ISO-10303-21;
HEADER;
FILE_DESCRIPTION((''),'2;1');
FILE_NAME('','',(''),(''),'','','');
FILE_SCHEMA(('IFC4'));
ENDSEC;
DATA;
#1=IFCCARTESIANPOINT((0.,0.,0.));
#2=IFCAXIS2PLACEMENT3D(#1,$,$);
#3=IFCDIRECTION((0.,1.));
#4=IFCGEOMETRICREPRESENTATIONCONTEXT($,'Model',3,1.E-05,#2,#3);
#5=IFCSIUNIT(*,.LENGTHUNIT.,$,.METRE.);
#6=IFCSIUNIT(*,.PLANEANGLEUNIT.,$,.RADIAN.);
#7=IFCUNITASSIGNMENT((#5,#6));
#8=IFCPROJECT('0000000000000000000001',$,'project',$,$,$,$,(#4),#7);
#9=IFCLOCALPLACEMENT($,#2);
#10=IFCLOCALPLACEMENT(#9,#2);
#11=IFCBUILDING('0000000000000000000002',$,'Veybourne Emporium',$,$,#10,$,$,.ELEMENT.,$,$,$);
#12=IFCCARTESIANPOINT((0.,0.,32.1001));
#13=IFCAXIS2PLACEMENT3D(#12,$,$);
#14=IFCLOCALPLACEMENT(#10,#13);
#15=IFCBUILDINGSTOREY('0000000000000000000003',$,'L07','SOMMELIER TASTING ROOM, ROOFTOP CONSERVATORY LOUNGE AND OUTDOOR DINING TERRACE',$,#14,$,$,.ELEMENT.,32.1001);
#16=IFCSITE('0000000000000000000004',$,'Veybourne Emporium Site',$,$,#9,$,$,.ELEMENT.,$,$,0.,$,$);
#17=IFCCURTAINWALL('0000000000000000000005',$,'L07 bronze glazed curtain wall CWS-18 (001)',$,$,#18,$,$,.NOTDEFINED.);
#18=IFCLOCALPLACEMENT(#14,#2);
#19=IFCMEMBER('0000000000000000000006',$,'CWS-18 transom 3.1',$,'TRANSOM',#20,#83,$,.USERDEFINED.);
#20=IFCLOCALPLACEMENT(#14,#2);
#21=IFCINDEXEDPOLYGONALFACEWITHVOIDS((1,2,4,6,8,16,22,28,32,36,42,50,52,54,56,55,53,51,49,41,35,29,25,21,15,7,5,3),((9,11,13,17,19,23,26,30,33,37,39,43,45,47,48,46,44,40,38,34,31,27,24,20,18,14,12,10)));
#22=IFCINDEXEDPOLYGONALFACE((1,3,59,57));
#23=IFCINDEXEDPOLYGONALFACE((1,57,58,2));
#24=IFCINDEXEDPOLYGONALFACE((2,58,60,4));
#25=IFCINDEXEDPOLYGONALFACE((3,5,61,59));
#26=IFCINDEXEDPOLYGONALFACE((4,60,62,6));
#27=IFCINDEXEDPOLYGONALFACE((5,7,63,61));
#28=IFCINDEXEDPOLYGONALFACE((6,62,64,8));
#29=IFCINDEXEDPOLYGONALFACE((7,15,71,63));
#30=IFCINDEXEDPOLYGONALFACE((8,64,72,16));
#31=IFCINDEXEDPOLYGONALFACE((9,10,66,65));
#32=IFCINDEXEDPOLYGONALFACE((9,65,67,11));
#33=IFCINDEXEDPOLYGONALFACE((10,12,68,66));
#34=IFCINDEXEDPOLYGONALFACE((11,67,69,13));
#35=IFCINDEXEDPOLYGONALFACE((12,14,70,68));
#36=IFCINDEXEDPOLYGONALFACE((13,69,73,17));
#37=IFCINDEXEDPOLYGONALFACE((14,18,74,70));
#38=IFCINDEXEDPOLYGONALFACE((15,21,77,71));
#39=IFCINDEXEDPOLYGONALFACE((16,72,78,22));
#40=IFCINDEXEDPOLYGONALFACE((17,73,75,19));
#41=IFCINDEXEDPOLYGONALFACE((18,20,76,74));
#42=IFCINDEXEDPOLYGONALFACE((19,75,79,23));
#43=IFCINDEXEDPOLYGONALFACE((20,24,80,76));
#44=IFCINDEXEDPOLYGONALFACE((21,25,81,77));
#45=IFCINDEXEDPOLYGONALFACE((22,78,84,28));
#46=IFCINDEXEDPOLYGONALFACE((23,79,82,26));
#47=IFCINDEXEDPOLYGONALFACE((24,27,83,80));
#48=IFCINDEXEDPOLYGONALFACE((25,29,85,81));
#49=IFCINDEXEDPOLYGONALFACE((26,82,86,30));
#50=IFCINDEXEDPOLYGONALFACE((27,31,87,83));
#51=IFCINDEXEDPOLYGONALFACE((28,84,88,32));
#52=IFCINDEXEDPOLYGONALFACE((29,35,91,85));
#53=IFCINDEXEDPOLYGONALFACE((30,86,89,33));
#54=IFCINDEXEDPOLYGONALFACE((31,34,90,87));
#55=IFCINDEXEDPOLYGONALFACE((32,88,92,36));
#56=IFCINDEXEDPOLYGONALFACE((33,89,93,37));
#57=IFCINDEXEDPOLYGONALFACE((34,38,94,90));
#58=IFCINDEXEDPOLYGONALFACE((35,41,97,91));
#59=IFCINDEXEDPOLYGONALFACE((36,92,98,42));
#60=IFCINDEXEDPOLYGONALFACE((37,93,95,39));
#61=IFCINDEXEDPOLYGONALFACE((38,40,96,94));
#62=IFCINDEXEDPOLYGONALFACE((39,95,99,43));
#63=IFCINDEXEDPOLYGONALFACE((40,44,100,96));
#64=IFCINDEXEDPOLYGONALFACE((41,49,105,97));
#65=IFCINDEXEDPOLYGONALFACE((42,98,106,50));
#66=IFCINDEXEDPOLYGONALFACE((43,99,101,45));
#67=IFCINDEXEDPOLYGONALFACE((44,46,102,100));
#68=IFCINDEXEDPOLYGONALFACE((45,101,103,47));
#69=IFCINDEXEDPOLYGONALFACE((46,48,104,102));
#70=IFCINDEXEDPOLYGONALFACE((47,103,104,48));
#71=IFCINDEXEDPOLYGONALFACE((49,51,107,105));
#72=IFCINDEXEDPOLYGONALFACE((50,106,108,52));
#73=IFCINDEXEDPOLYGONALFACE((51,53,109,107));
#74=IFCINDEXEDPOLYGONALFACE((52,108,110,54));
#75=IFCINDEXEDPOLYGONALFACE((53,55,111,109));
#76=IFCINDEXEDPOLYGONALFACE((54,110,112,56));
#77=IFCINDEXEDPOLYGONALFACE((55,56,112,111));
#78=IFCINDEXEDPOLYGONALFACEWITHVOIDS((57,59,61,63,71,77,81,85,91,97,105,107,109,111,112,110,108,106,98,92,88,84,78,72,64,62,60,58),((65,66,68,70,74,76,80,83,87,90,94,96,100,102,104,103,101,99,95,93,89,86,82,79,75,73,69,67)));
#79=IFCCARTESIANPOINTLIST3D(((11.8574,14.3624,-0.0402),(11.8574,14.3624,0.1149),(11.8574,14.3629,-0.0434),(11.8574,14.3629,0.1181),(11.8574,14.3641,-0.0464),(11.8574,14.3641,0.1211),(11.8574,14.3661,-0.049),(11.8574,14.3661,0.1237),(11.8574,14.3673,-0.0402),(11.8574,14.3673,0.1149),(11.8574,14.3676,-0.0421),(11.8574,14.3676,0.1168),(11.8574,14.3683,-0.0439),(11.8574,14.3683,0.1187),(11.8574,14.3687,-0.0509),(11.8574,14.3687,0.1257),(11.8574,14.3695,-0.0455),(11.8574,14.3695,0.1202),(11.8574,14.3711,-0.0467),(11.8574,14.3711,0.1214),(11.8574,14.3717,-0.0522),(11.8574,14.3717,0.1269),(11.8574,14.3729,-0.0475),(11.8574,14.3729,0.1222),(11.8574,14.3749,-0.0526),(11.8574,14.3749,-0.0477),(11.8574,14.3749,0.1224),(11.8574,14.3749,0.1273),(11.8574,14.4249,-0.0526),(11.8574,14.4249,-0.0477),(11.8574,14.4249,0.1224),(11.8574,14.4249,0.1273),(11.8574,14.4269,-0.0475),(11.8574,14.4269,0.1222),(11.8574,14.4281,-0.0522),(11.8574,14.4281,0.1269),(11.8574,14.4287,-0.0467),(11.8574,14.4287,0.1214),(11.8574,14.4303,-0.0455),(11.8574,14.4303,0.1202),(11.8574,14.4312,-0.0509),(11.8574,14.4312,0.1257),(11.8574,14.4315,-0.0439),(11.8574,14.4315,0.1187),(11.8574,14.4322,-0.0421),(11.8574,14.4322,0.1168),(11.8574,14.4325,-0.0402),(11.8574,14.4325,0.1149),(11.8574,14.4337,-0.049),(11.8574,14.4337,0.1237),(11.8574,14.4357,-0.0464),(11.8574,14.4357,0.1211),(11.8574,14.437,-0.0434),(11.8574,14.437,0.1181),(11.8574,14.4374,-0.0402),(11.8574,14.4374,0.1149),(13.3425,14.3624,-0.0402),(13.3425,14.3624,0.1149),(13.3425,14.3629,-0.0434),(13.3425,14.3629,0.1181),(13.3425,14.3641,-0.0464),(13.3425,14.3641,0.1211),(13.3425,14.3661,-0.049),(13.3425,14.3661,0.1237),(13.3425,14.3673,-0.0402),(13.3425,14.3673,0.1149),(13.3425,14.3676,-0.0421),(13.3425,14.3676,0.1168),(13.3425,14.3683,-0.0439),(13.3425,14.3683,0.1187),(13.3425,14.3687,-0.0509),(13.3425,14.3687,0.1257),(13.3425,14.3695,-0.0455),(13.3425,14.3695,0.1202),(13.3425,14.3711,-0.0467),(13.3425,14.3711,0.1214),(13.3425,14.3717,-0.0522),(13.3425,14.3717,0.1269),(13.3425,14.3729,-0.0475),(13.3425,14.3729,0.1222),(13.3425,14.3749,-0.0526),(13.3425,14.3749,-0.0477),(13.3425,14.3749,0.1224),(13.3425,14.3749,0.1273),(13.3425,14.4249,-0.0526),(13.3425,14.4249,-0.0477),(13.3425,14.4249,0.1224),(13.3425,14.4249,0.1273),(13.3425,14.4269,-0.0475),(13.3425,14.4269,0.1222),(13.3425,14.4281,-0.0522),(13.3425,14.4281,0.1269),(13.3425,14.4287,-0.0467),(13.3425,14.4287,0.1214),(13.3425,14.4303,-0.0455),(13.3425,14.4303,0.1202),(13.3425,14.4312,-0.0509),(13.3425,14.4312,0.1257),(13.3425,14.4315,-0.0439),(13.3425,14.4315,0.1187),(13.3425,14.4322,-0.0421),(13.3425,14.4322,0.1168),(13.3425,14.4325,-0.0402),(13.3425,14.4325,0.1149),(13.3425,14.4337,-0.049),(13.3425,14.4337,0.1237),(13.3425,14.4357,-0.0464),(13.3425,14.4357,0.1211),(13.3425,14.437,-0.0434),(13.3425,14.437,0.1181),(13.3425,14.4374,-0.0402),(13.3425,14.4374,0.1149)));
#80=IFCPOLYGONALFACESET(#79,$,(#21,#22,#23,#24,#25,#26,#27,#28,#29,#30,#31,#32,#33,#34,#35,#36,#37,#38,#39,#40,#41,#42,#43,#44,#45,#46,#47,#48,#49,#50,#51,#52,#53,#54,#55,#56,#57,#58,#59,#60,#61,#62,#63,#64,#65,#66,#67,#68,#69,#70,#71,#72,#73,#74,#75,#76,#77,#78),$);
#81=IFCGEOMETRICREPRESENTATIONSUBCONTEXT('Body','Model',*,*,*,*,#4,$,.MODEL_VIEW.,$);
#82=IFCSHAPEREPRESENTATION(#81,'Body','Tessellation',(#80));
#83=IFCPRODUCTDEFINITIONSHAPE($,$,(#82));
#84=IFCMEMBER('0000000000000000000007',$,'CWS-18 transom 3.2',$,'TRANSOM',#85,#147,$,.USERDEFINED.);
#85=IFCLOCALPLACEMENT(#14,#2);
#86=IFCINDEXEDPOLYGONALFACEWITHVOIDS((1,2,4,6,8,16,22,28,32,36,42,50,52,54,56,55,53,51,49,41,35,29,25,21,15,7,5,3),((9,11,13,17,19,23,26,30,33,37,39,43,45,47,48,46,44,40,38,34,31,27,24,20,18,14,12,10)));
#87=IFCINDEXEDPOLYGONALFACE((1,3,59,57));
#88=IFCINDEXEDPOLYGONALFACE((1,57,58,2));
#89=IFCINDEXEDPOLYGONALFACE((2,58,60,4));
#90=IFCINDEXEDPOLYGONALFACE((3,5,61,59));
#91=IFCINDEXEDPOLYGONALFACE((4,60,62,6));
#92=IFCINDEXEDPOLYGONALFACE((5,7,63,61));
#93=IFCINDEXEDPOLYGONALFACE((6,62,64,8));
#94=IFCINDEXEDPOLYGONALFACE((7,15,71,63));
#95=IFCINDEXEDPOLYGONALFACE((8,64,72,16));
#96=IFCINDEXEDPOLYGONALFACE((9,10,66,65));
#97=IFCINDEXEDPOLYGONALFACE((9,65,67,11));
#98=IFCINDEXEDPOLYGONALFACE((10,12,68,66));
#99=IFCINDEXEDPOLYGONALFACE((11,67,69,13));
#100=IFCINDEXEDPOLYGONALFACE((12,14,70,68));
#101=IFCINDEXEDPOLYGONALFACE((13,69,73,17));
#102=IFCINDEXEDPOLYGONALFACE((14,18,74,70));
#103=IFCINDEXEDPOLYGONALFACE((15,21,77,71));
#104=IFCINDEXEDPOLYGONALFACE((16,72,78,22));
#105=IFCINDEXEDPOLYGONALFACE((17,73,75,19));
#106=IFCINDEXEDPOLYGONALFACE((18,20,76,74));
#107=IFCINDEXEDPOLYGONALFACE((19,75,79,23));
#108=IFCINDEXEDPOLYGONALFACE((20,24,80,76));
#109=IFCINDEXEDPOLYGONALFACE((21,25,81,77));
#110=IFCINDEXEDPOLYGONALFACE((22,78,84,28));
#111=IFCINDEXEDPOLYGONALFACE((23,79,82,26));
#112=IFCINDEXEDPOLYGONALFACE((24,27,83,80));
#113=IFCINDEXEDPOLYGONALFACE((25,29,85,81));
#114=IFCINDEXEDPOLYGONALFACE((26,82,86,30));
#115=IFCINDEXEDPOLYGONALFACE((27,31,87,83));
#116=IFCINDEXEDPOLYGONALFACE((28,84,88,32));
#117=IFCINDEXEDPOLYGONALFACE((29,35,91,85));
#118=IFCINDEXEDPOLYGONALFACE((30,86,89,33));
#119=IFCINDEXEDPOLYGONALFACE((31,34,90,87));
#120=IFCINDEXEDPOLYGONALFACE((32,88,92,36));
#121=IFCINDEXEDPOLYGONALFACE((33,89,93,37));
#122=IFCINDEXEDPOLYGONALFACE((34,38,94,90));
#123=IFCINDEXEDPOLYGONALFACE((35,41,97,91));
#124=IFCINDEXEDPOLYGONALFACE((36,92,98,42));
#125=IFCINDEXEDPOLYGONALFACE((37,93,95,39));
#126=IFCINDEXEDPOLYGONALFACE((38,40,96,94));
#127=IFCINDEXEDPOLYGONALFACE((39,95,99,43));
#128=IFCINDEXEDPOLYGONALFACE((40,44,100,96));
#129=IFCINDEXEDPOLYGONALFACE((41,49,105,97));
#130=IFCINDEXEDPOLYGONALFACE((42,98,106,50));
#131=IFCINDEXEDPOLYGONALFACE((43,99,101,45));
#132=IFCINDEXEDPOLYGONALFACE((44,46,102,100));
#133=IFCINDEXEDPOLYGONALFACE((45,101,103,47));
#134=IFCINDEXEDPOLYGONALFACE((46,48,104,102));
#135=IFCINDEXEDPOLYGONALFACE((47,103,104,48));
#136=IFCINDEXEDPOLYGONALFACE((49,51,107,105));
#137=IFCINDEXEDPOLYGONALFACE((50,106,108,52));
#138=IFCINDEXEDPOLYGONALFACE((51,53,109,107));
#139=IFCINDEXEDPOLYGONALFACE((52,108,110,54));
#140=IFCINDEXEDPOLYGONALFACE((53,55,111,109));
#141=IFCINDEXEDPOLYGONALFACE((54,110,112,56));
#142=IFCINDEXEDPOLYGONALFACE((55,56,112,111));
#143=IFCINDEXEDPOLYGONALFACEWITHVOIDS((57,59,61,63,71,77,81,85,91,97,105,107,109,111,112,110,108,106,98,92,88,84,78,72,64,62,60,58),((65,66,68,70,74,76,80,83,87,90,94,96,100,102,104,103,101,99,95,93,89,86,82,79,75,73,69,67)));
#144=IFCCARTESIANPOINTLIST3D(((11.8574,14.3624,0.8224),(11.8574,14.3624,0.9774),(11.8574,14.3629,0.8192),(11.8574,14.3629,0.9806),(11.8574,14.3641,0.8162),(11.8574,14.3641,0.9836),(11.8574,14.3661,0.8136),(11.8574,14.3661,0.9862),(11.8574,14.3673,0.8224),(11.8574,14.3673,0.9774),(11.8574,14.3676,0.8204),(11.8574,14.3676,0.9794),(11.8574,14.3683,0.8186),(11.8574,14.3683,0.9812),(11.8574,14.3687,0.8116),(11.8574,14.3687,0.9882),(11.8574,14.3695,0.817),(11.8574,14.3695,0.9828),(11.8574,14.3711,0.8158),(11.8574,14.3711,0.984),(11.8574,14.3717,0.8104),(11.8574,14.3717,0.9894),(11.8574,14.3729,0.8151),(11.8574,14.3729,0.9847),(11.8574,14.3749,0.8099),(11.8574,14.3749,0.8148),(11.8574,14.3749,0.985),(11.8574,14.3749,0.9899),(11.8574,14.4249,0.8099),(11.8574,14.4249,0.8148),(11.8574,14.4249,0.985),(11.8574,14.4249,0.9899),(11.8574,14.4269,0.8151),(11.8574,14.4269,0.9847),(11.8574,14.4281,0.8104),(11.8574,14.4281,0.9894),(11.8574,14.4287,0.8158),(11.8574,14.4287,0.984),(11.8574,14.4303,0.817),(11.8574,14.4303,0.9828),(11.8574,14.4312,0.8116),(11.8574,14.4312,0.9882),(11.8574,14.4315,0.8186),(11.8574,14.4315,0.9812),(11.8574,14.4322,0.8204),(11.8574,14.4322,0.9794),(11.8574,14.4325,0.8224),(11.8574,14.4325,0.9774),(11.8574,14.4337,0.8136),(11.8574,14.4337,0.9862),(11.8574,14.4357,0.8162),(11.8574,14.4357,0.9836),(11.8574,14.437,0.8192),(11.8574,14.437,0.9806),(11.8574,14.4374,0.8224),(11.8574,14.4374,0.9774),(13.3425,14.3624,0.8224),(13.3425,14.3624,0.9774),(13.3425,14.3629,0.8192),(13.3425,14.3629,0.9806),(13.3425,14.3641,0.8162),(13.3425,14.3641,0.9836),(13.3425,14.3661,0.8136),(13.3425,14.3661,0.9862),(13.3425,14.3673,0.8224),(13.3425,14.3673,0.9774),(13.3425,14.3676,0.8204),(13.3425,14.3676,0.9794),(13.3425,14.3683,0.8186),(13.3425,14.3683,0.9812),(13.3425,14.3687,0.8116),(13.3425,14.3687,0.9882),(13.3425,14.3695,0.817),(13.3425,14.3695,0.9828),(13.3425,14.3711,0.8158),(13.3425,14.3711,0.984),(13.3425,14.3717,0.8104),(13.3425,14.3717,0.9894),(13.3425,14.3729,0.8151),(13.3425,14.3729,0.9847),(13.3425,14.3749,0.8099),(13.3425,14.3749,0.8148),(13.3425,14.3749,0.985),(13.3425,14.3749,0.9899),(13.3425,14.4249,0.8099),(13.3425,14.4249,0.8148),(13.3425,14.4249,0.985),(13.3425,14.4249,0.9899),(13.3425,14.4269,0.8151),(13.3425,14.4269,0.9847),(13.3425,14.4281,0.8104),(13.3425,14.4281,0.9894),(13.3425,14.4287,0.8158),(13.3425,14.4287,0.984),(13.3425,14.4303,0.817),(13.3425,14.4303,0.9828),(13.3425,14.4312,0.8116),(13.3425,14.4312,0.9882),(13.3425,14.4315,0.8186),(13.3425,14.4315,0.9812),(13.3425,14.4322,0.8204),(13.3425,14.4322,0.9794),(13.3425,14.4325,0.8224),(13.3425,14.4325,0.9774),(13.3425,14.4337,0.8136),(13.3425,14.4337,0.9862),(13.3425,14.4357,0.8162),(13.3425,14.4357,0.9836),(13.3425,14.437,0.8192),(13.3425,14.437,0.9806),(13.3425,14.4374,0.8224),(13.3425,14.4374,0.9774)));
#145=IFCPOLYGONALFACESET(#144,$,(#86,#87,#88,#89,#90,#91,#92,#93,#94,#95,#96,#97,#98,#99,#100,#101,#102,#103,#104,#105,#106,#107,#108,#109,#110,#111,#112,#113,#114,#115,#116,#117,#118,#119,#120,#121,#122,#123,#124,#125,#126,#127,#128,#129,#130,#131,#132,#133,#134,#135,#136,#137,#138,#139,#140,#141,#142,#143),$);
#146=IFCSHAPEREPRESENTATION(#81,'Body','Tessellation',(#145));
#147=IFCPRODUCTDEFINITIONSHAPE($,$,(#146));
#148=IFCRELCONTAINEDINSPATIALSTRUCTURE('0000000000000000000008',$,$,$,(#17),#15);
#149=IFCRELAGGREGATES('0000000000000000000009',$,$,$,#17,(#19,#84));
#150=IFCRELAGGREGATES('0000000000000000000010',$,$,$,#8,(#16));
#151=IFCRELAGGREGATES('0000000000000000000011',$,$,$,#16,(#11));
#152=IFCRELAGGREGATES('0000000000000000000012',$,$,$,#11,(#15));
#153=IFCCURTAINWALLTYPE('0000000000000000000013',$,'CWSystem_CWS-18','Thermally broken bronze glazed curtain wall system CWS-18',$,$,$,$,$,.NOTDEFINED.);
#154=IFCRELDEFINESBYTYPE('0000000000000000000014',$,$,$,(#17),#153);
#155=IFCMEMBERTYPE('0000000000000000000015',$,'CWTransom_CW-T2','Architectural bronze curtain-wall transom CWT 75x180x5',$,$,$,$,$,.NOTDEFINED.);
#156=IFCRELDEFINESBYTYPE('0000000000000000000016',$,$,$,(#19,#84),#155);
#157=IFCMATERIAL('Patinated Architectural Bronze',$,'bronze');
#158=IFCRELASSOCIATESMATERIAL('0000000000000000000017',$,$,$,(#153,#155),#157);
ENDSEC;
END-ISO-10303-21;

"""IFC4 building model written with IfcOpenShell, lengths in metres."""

from ifc_helpers import new_model, si_unit, direction, frame, origin, origin_2d, place, context, subcontext, project, spatial, hollow_rectangle, extrude, material, material_profile, profile_set, type_object, element, aggregate, save


model = new_model("IFC4")

# Units and contexts
model_context = context("Model", 3, precision=1e-05, world=origin(), true_north=direction((0.0, 1.0)))
body_context = subcontext(model_context, "Body", "Model", "MODEL_VIEW")
ifc_project = project(units=[si_unit("LENGTHUNIT", "METRE"), si_unit("PLANEANGLEUNIT", "RADIAN")], contexts=[model_context])

# Site, building, storey
site_placement = place(None, origin())
site = spatial("IfcSite", under=ifc_project, at=site_placement, Name="Veybourne Emporium Site", CompositionType="ELEMENT", RefElevation=0.0)
building_placement = place(site_placement, origin())
building = spatial("IfcBuilding", under=site, at=building_placement, Name="Veybourne Emporium", CompositionType="ELEMENT")
storey_placement = place(building_placement, frame((0.0, 0.0, 32.1001)))
storey = spatial("IfcBuildingStorey", under=building, at=storey_placement, Name="L07", Description="SOMMELIER TASTING ROOM, ROOFTOP CONSERVATORY LOUNGE AND OUTDOOR DINING TERRACE", CompositionType="ELEMENT", Elevation=32.1001)

# Curtain wall
ifc_material_1 = material(Name="Patinated Architectural Bronze", Category="bronze")
curtain_wall_type_1 = type_object("IfcCurtainWallType", Name="CWSystem_CWS-18", Description="Thermally broken bronze glazed curtain wall system CWS-18", PredefinedType="NOTDEFINED", material=ifc_material_1)
curtain_wall_1_placement = place(storey_placement, origin())
curtain_wall_1 = element("IfcCurtainWall", 1, at=curtain_wall_1_placement, inside=storey, type_object=curtain_wall_type_1, Name="L07 bronze glazed curtain wall CWS-18 (001)", PredefinedType="NOTDEFINED")

# Members
ifc_material_profile_1 = material_profile(ifc_material_1, hollow_rectangle(XDim=0.075, YDim=0.1799, WallThickness=0.0049, InnerFilletRadius=0.0076, OuterFilletRadius=0.0125, at=origin_2d()), Name="CWT 75x180x5")
ifc_profile_set_1 = profile_set([ifc_material_profile_1], Name="Patinated Architectural Bronze")
member_type_1 = type_object("IfcMemberType", Name="CWTransom_CW-T2", Description="Architectural bronze curtain-wall transom CWT 75x180x5", PredefinedType="NOTDEFINED", material=ifc_profile_set_1)
member_1_placement = place(storey_placement, frame((13.3425, 14.3999, 0.0374), z_axis=(-1.0, 0.0, 0.0), x_axis=(0.0, -1.0, 0.0)))
member_1 = element("IfcMember", 2, at=member_1_placement, type_object=member_type_1, Name="CWS-18 transom 3.1", ObjectType="TRANSOM", PredefinedType="USERDEFINED", context=body_context, shape_type="SweptSolid", body=[
    extrude(hollow_rectangle(XDim=0.075, YDim=0.1799, WallThickness=0.0049, InnerFilletRadius=0.0076, OuterFilletRadius=0.0125, at=origin_2d()), origin(), (0.0, 0.0, 1.0), 1.4851),
])
member_2_placement = place(storey_placement, frame((13.3425, 14.3999, 0.8999), z_axis=(-1.0, 0.0, 0.0), x_axis=(0.0, -1.0, 0.0)))
member_2 = element("IfcMember", 3, at=member_2_placement, type_object=member_type_1, Name="CWS-18 transom 3.2", ObjectType="TRANSOM", PredefinedType="USERDEFINED", context=body_context, shape_type="SweptSolid", body=[
    extrude(hollow_rectangle(XDim=0.075, YDim=0.1799, WallThickness=0.0049, InnerFilletRadius=0.0076, OuterFilletRadius=0.0125, at=origin_2d()), origin(), (0.0, 0.0, 1.0), 1.4851),
])

aggregate(curtain_wall_1, [member_1, member_2])

save(model, "model.ifc")
